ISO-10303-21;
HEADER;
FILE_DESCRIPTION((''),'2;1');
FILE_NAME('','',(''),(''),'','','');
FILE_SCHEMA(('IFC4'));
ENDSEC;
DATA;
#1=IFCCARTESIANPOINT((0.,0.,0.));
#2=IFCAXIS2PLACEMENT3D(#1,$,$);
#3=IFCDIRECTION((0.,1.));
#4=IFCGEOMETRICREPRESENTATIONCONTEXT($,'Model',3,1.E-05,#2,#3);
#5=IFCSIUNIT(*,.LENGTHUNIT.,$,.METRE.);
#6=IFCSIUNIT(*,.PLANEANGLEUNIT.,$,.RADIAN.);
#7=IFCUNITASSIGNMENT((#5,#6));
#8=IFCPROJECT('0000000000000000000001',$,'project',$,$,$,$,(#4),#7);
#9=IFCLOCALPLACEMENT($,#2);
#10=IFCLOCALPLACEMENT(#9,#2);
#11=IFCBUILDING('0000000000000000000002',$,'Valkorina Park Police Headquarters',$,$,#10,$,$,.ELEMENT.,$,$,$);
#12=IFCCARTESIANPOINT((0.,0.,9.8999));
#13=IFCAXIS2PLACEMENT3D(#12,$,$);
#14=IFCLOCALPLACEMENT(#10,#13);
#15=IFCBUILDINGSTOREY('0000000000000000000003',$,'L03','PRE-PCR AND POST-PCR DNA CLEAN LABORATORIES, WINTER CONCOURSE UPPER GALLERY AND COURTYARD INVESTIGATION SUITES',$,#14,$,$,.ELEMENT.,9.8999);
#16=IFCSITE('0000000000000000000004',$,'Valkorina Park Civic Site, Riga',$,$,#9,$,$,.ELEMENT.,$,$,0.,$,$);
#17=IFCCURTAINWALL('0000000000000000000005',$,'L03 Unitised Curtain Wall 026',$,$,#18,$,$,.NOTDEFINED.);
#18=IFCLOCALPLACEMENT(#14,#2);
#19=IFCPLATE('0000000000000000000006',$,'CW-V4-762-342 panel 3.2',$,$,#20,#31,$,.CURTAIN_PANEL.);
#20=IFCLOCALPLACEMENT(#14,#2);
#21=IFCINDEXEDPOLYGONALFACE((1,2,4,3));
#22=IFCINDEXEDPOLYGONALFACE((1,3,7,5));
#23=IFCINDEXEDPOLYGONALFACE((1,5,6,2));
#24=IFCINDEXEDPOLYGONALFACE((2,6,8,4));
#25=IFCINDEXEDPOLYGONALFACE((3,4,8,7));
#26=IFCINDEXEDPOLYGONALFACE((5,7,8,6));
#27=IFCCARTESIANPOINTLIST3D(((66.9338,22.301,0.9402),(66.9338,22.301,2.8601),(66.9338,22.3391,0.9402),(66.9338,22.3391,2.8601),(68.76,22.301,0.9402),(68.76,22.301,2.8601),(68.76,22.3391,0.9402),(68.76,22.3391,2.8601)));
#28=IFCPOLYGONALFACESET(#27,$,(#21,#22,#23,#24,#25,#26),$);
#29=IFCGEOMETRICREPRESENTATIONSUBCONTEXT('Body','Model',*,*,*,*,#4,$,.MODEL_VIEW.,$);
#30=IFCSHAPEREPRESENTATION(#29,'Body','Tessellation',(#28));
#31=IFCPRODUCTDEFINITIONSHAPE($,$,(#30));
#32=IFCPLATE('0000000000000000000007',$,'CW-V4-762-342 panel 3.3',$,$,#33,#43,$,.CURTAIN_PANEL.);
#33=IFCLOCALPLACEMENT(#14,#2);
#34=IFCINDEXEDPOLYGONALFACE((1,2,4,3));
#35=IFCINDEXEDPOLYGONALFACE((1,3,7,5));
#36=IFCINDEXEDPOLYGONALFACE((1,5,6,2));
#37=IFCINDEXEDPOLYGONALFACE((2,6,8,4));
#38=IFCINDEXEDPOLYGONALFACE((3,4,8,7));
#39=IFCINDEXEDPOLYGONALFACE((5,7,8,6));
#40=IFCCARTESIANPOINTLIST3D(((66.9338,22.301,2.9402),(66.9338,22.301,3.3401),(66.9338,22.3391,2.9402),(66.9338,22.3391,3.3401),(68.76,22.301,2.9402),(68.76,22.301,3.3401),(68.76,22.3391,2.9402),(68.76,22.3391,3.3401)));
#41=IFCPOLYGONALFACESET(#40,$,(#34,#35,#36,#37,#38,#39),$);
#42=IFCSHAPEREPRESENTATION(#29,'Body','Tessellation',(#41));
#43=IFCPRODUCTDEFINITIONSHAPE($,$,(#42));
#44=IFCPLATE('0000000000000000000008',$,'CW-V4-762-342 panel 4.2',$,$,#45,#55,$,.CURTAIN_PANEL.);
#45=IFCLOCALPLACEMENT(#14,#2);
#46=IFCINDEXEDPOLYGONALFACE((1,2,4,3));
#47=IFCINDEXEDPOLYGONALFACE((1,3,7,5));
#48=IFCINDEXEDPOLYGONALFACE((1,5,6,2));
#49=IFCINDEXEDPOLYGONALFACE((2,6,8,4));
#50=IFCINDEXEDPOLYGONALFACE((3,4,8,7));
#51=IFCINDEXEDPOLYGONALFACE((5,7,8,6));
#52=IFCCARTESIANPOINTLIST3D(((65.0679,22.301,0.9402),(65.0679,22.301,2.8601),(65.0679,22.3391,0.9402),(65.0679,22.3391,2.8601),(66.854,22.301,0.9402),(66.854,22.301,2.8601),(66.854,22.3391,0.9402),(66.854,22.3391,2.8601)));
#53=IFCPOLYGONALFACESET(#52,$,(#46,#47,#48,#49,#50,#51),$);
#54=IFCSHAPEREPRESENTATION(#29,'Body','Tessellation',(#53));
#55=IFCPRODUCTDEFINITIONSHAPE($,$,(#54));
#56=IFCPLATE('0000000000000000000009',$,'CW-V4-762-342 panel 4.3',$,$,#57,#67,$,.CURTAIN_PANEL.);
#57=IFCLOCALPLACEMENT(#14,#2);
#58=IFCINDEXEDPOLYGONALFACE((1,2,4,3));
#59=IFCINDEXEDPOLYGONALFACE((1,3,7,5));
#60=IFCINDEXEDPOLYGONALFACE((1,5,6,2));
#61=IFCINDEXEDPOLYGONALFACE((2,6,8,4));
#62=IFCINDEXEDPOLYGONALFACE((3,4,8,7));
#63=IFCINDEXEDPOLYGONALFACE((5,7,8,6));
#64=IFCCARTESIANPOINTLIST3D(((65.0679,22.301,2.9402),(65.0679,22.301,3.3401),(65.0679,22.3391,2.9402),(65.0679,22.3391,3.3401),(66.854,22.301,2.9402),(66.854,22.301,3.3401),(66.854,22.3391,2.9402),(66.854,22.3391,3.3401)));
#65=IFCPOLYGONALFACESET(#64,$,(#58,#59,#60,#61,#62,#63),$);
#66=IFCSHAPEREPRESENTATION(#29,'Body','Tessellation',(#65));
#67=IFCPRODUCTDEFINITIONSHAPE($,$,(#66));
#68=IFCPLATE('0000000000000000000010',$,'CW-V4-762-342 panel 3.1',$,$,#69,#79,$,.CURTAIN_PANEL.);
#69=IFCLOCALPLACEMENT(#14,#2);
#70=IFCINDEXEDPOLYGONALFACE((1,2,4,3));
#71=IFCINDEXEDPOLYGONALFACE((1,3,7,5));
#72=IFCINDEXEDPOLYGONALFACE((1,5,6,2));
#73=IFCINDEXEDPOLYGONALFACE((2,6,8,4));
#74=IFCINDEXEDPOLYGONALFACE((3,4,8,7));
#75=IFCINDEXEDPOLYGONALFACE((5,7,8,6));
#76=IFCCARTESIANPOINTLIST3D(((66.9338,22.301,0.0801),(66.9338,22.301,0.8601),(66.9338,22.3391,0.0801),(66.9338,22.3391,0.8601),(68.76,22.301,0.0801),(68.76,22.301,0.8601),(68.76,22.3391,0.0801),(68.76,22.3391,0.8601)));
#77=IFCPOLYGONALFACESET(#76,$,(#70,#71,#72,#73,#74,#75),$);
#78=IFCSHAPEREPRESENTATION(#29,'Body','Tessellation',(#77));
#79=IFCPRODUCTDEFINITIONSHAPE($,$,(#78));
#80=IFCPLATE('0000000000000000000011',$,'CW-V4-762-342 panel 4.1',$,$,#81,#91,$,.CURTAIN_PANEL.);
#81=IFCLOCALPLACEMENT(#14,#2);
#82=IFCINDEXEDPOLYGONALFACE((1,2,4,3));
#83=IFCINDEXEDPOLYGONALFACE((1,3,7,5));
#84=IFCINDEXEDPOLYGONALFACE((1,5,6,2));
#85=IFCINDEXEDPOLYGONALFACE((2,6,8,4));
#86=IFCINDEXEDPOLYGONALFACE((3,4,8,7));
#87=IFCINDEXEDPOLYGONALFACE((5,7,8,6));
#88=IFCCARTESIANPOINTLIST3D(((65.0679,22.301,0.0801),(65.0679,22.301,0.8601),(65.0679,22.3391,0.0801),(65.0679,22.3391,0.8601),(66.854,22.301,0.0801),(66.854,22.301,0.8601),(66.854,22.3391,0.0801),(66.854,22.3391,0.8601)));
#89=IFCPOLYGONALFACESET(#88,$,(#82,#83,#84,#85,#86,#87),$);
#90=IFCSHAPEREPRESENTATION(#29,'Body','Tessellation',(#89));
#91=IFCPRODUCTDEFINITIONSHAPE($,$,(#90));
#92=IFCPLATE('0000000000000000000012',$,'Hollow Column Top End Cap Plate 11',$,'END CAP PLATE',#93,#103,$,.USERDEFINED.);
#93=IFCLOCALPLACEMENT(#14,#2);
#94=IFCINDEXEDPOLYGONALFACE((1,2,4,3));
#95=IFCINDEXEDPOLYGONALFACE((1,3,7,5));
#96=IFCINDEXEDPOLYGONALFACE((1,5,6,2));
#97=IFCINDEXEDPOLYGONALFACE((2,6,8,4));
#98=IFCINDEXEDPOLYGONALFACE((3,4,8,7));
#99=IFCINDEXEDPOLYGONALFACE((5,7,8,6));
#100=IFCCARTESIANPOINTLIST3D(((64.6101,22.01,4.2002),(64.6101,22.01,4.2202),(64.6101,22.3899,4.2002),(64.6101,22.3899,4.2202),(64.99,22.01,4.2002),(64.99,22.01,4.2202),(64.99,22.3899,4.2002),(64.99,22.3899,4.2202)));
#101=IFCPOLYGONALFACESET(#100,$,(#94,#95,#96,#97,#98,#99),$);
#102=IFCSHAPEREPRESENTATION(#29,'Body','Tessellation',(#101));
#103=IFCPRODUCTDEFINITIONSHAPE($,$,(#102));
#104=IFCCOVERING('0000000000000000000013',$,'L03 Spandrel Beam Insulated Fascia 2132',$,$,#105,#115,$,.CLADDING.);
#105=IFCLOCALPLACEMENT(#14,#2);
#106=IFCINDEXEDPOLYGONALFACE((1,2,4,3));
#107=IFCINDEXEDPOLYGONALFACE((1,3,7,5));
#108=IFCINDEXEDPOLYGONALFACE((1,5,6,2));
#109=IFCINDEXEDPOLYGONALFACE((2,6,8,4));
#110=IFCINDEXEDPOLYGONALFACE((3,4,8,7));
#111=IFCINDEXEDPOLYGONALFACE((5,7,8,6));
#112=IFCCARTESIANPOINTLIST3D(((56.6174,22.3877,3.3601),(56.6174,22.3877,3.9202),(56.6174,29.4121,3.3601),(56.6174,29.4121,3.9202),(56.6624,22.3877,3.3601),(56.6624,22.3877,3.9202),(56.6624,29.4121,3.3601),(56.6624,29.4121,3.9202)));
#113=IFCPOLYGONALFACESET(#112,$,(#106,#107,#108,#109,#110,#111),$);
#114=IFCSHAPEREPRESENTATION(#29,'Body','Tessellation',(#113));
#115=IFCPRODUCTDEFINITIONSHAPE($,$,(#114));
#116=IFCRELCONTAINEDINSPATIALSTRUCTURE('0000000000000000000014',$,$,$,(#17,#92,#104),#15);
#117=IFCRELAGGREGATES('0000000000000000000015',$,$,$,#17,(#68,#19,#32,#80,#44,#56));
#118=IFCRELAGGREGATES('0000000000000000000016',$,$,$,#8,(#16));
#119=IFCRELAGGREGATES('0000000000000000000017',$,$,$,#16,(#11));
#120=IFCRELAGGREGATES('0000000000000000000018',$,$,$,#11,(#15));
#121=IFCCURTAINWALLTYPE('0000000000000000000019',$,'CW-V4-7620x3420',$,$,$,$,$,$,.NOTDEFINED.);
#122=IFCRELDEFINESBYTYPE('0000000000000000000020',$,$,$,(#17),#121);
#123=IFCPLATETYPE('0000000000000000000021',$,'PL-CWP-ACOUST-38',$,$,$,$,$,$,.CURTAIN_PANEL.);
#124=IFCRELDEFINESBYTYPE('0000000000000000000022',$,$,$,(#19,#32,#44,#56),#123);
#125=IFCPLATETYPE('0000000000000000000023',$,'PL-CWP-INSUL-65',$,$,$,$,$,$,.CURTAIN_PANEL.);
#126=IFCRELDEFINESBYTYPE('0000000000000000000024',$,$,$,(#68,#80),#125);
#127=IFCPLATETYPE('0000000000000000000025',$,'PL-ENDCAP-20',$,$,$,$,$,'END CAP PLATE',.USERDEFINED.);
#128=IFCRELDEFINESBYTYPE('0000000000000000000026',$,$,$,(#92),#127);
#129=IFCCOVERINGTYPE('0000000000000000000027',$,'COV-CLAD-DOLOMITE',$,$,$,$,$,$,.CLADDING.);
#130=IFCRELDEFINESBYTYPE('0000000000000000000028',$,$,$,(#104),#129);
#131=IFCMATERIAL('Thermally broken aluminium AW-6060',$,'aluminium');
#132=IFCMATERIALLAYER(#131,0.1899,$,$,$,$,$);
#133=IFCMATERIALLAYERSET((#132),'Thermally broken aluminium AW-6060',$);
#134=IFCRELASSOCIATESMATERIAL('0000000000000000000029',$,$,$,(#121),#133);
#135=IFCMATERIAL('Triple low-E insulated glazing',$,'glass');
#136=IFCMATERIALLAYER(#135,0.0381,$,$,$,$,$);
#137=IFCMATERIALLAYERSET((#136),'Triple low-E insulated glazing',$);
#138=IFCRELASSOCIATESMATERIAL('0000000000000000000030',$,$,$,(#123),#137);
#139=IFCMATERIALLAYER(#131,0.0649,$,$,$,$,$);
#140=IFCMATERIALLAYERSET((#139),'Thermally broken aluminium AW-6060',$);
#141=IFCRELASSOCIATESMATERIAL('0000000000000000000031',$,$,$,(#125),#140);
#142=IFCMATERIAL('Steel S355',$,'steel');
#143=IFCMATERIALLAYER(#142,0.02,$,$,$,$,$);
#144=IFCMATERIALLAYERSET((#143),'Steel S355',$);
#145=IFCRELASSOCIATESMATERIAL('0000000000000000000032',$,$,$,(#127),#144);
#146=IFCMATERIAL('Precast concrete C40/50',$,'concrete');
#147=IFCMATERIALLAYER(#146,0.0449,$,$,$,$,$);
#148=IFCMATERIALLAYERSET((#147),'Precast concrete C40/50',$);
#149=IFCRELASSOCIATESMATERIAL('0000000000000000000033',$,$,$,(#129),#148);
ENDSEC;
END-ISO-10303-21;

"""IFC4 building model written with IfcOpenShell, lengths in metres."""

from ifc_helpers import new_model, si_unit, direction, frame, frame_2d, origin, origin_2d, place, context, subcontext, project, spatial, rectangle, extrude, material, layer, layer_set, type_object, element, aggregate, save


model = new_model("IFC4")

# Units and contexts
model_context = context("Model", 3, precision=1e-05, world=origin(), true_north=direction((0.0, 1.0)))
body_context = subcontext(model_context, "Body", "Model", "MODEL_VIEW")
ifc_project = project(units=[si_unit("LENGTHUNIT", "METRE"), si_unit("PLANEANGLEUNIT", "RADIAN")], contexts=[model_context])

# Site, building, storey
site_placement = place(None, origin())
site = spatial("IfcSite", under=ifc_project, at=site_placement, Name="Valkorina Park Civic Site, Riga", CompositionType="ELEMENT", RefElevation=0.0)
building_placement = place(site_placement, origin())
building = spatial("IfcBuilding", under=site, at=building_placement, Name="Valkorina Park Police Headquarters", CompositionType="ELEMENT")
storey_placement = place(building_placement, frame((0.0, 0.0, 9.8999)))
storey = spatial("IfcBuildingStorey", under=building, at=storey_placement, Name="L03", Description="PRE-PCR AND POST-PCR DNA CLEAN LABORATORIES, WINTER CONCOURSE UPPER GALLERY AND COURTYARD INVESTIGATION SUITES", CompositionType="ELEMENT", Elevation=9.8999)

# Shared definitions
ifc_material_1 = material(Name="Steel S355", Category="steel")

# Curtain wall
ifc_material_2 = material(Name="Thermally broken aluminium AW-6060", Category="aluminium")
ifc_layer_1 = layer(ifc_material_2, 0.1899)
ifc_layer_set_1 = layer_set([ifc_layer_1], Name="Thermally broken aluminium AW-6060")
curtain_wall_type_1 = type_object("IfcCurtainWallType", Name="CW-V4-7620x3420", PredefinedType="NOTDEFINED", material=ifc_layer_set_1)
curtain_wall_1_placement = place(storey_placement, origin())
curtain_wall_1 = element("IfcCurtainWall", 1, at=curtain_wall_1_placement, inside=storey, type_object=curtain_wall_type_1, Name="L03 Unitised Curtain Wall 026", PredefinedType="NOTDEFINED")

# Plates
ifc_material_3 = material(Name="Triple low-E insulated glazing", Category="glass")
ifc_layer_2 = layer(ifc_material_3, 0.0381)
ifc_layer_set_2 = layer_set([ifc_layer_2], Name="Triple low-E insulated glazing")
plate_type_1 = type_object("IfcPlateType", Name="PL-CWP-ACOUST-38", PredefinedType="CURTAIN_PANEL", material=ifc_layer_set_2)
plate_1_placement = place(storey_placement, frame((67.8469, 22.3201, 0.9402), z_axis=(0.0, 0.0, 1.0), x_axis=(-1.0, 0.0, 0.0)))
plate_1 = element("IfcPlate", 2, at=plate_1_placement, type_object=plate_type_1, Name="CW-V4-762-342 panel 3.2", PredefinedType="CURTAIN_PANEL", context=body_context, shape_type="SweptSolid", body=[
    extrude(rectangle(XDim=1.8262, YDim=0.0381, at=origin_2d()), origin(), (0.0, 0.0, 1.0), 1.9199),
])
plate_2_placement = place(storey_placement, frame((67.8469, 22.3201, 2.9402), z_axis=(0.0, 0.0, 1.0), x_axis=(-1.0, 0.0, 0.0)))
plate_2 = element("IfcPlate", 3, at=plate_2_placement, type_object=plate_type_1, Name="CW-V4-762-342 panel 3.3", PredefinedType="CURTAIN_PANEL", context=body_context, shape_type="SweptSolid", body=[
    extrude(rectangle(XDim=1.8262, YDim=0.0381, at=origin_2d()), origin(), (0.0, 0.0, 1.0), 0.3999),
])
plate_3_placement = place(storey_placement, frame((65.9609, 22.3201, 0.9402), z_axis=(0.0, 0.0, 1.0), x_axis=(-1.0, 0.0, 0.0)))
plate_3 = element("IfcPlate", 4, at=plate_3_placement, type_object=plate_type_1, Name="CW-V4-762-342 panel 4.2", PredefinedType="CURTAIN_PANEL", context=body_context, shape_type="SweptSolid", body=[
    extrude(rectangle(XDim=1.7861, YDim=0.0381, at=origin_2d()), origin(), (0.0, 0.0, 1.0), 1.9199),
])
plate_4_placement = place(storey_placement, frame((65.9609, 22.3201, 2.9402), z_axis=(0.0, 0.0, 1.0), x_axis=(-1.0, 0.0, 0.0)))
plate_4 = element("IfcPlate", 5, at=plate_4_placement, type_object=plate_type_1, Name="CW-V4-762-342 panel 4.3", PredefinedType="CURTAIN_PANEL", context=body_context, shape_type="SweptSolid", body=[
    extrude(rectangle(XDim=1.7861, YDim=0.0381, at=origin_2d()), origin(), (0.0, 0.0, 1.0), 0.3999),
])
ifc_layer_3 = layer(ifc_material_2, 0.0649)
ifc_layer_set_3 = layer_set([ifc_layer_3], Name="Thermally broken aluminium AW-6060")
plate_type_2 = type_object("IfcPlateType", Name="PL-CWP-INSUL-65", PredefinedType="CURTAIN_PANEL", material=ifc_layer_set_3)
plate_5_placement = place(storey_placement, frame((67.8469, 22.3201, 0.0801), z_axis=(0.0, 0.0, 1.0), x_axis=(-1.0, 0.0, 0.0)))
plate_5 = element("IfcPlate", 6, at=plate_5_placement, type_object=plate_type_2, Name="CW-V4-762-342 panel 3.1", PredefinedType="CURTAIN_PANEL", context=body_context, shape_type="SweptSolid", body=[
    extrude(rectangle(XDim=1.8262, YDim=0.0381, at=origin_2d()), origin(), (0.0, 0.0, 1.0), 0.78),
])
plate_6_placement = place(storey_placement, frame((65.9609, 22.3201, 0.0801), z_axis=(0.0, 0.0, 1.0), x_axis=(-1.0, 0.0, 0.0)))
plate_6 = element("IfcPlate", 7, at=plate_6_placement, type_object=plate_type_2, Name="CW-V4-762-342 panel 4.1", PredefinedType="CURTAIN_PANEL", context=body_context, shape_type="SweptSolid", body=[
    extrude(rectangle(XDim=1.7861, YDim=0.0381, at=origin_2d()), origin(), (0.0, 0.0, 1.0), 0.78),
])
aggregate(curtain_wall_1, [plate_5, plate_1, plate_2, plate_6, plate_3, plate_4])
ifc_layer_4 = layer(ifc_material_1, 0.02)
ifc_layer_set_4 = layer_set([ifc_layer_4], Name="Steel S355")
plate_type_3 = type_object("IfcPlateType", Name="PL-ENDCAP-20", ElementType="END CAP PLATE", PredefinedType="USERDEFINED", material=ifc_layer_set_4)
plate_7_placement = place(storey_placement, frame((64.8, 22.2, 4.2002), z_axis=(0.0, 0.0, 1.0), x_axis=(1.0, 0.0, 0.0)))
element("IfcPlate", 8, at=plate_7_placement, inside=storey, type_object=plate_type_3, Name="Hollow Column Top End Cap Plate 11", ObjectType="END CAP PLATE", PredefinedType="USERDEFINED", context=body_context, shape_type="SweptSolid", body=[
    extrude(rectangle(XDim=0.3799, YDim=0.3799, at=origin_2d()), origin(), (0.0, 0.0, 1.0), 0.02),
])

# Covering
ifc_material_4 = material(Name="Precast concrete C40/50", Category="concrete")
ifc_layer_5 = layer(ifc_material_4, 0.0449)
ifc_layer_set_5 = layer_set([ifc_layer_5], Name="Precast concrete C40/50")
covering_type = type_object("IfcCoveringType", Name="COV-CLAD-DOLOMITE", PredefinedType="CLADDING", material=ifc_layer_set_5)
covering_placement = place(storey_placement, frame((56.6399, 22.3877, 3.3601), z_axis=(0.0, 0.0, 1.0), x_axis=(0.0, 1.0, 0.0)))
element("IfcCovering", 9, at=covering_placement, inside=storey, type_object=covering_type, Name="L03 Spandrel Beam Insulated Fascia 2132", PredefinedType="CLADDING", context=body_context, shape_type="SweptSolid", body=[
    extrude(rectangle(XDim=7.0244, YDim=0.0449, at=frame_2d((3.5122, 0.0))), origin(), (0.0, 0.0, 1.0), 0.5601),
])

save(model, "model.ifc")
